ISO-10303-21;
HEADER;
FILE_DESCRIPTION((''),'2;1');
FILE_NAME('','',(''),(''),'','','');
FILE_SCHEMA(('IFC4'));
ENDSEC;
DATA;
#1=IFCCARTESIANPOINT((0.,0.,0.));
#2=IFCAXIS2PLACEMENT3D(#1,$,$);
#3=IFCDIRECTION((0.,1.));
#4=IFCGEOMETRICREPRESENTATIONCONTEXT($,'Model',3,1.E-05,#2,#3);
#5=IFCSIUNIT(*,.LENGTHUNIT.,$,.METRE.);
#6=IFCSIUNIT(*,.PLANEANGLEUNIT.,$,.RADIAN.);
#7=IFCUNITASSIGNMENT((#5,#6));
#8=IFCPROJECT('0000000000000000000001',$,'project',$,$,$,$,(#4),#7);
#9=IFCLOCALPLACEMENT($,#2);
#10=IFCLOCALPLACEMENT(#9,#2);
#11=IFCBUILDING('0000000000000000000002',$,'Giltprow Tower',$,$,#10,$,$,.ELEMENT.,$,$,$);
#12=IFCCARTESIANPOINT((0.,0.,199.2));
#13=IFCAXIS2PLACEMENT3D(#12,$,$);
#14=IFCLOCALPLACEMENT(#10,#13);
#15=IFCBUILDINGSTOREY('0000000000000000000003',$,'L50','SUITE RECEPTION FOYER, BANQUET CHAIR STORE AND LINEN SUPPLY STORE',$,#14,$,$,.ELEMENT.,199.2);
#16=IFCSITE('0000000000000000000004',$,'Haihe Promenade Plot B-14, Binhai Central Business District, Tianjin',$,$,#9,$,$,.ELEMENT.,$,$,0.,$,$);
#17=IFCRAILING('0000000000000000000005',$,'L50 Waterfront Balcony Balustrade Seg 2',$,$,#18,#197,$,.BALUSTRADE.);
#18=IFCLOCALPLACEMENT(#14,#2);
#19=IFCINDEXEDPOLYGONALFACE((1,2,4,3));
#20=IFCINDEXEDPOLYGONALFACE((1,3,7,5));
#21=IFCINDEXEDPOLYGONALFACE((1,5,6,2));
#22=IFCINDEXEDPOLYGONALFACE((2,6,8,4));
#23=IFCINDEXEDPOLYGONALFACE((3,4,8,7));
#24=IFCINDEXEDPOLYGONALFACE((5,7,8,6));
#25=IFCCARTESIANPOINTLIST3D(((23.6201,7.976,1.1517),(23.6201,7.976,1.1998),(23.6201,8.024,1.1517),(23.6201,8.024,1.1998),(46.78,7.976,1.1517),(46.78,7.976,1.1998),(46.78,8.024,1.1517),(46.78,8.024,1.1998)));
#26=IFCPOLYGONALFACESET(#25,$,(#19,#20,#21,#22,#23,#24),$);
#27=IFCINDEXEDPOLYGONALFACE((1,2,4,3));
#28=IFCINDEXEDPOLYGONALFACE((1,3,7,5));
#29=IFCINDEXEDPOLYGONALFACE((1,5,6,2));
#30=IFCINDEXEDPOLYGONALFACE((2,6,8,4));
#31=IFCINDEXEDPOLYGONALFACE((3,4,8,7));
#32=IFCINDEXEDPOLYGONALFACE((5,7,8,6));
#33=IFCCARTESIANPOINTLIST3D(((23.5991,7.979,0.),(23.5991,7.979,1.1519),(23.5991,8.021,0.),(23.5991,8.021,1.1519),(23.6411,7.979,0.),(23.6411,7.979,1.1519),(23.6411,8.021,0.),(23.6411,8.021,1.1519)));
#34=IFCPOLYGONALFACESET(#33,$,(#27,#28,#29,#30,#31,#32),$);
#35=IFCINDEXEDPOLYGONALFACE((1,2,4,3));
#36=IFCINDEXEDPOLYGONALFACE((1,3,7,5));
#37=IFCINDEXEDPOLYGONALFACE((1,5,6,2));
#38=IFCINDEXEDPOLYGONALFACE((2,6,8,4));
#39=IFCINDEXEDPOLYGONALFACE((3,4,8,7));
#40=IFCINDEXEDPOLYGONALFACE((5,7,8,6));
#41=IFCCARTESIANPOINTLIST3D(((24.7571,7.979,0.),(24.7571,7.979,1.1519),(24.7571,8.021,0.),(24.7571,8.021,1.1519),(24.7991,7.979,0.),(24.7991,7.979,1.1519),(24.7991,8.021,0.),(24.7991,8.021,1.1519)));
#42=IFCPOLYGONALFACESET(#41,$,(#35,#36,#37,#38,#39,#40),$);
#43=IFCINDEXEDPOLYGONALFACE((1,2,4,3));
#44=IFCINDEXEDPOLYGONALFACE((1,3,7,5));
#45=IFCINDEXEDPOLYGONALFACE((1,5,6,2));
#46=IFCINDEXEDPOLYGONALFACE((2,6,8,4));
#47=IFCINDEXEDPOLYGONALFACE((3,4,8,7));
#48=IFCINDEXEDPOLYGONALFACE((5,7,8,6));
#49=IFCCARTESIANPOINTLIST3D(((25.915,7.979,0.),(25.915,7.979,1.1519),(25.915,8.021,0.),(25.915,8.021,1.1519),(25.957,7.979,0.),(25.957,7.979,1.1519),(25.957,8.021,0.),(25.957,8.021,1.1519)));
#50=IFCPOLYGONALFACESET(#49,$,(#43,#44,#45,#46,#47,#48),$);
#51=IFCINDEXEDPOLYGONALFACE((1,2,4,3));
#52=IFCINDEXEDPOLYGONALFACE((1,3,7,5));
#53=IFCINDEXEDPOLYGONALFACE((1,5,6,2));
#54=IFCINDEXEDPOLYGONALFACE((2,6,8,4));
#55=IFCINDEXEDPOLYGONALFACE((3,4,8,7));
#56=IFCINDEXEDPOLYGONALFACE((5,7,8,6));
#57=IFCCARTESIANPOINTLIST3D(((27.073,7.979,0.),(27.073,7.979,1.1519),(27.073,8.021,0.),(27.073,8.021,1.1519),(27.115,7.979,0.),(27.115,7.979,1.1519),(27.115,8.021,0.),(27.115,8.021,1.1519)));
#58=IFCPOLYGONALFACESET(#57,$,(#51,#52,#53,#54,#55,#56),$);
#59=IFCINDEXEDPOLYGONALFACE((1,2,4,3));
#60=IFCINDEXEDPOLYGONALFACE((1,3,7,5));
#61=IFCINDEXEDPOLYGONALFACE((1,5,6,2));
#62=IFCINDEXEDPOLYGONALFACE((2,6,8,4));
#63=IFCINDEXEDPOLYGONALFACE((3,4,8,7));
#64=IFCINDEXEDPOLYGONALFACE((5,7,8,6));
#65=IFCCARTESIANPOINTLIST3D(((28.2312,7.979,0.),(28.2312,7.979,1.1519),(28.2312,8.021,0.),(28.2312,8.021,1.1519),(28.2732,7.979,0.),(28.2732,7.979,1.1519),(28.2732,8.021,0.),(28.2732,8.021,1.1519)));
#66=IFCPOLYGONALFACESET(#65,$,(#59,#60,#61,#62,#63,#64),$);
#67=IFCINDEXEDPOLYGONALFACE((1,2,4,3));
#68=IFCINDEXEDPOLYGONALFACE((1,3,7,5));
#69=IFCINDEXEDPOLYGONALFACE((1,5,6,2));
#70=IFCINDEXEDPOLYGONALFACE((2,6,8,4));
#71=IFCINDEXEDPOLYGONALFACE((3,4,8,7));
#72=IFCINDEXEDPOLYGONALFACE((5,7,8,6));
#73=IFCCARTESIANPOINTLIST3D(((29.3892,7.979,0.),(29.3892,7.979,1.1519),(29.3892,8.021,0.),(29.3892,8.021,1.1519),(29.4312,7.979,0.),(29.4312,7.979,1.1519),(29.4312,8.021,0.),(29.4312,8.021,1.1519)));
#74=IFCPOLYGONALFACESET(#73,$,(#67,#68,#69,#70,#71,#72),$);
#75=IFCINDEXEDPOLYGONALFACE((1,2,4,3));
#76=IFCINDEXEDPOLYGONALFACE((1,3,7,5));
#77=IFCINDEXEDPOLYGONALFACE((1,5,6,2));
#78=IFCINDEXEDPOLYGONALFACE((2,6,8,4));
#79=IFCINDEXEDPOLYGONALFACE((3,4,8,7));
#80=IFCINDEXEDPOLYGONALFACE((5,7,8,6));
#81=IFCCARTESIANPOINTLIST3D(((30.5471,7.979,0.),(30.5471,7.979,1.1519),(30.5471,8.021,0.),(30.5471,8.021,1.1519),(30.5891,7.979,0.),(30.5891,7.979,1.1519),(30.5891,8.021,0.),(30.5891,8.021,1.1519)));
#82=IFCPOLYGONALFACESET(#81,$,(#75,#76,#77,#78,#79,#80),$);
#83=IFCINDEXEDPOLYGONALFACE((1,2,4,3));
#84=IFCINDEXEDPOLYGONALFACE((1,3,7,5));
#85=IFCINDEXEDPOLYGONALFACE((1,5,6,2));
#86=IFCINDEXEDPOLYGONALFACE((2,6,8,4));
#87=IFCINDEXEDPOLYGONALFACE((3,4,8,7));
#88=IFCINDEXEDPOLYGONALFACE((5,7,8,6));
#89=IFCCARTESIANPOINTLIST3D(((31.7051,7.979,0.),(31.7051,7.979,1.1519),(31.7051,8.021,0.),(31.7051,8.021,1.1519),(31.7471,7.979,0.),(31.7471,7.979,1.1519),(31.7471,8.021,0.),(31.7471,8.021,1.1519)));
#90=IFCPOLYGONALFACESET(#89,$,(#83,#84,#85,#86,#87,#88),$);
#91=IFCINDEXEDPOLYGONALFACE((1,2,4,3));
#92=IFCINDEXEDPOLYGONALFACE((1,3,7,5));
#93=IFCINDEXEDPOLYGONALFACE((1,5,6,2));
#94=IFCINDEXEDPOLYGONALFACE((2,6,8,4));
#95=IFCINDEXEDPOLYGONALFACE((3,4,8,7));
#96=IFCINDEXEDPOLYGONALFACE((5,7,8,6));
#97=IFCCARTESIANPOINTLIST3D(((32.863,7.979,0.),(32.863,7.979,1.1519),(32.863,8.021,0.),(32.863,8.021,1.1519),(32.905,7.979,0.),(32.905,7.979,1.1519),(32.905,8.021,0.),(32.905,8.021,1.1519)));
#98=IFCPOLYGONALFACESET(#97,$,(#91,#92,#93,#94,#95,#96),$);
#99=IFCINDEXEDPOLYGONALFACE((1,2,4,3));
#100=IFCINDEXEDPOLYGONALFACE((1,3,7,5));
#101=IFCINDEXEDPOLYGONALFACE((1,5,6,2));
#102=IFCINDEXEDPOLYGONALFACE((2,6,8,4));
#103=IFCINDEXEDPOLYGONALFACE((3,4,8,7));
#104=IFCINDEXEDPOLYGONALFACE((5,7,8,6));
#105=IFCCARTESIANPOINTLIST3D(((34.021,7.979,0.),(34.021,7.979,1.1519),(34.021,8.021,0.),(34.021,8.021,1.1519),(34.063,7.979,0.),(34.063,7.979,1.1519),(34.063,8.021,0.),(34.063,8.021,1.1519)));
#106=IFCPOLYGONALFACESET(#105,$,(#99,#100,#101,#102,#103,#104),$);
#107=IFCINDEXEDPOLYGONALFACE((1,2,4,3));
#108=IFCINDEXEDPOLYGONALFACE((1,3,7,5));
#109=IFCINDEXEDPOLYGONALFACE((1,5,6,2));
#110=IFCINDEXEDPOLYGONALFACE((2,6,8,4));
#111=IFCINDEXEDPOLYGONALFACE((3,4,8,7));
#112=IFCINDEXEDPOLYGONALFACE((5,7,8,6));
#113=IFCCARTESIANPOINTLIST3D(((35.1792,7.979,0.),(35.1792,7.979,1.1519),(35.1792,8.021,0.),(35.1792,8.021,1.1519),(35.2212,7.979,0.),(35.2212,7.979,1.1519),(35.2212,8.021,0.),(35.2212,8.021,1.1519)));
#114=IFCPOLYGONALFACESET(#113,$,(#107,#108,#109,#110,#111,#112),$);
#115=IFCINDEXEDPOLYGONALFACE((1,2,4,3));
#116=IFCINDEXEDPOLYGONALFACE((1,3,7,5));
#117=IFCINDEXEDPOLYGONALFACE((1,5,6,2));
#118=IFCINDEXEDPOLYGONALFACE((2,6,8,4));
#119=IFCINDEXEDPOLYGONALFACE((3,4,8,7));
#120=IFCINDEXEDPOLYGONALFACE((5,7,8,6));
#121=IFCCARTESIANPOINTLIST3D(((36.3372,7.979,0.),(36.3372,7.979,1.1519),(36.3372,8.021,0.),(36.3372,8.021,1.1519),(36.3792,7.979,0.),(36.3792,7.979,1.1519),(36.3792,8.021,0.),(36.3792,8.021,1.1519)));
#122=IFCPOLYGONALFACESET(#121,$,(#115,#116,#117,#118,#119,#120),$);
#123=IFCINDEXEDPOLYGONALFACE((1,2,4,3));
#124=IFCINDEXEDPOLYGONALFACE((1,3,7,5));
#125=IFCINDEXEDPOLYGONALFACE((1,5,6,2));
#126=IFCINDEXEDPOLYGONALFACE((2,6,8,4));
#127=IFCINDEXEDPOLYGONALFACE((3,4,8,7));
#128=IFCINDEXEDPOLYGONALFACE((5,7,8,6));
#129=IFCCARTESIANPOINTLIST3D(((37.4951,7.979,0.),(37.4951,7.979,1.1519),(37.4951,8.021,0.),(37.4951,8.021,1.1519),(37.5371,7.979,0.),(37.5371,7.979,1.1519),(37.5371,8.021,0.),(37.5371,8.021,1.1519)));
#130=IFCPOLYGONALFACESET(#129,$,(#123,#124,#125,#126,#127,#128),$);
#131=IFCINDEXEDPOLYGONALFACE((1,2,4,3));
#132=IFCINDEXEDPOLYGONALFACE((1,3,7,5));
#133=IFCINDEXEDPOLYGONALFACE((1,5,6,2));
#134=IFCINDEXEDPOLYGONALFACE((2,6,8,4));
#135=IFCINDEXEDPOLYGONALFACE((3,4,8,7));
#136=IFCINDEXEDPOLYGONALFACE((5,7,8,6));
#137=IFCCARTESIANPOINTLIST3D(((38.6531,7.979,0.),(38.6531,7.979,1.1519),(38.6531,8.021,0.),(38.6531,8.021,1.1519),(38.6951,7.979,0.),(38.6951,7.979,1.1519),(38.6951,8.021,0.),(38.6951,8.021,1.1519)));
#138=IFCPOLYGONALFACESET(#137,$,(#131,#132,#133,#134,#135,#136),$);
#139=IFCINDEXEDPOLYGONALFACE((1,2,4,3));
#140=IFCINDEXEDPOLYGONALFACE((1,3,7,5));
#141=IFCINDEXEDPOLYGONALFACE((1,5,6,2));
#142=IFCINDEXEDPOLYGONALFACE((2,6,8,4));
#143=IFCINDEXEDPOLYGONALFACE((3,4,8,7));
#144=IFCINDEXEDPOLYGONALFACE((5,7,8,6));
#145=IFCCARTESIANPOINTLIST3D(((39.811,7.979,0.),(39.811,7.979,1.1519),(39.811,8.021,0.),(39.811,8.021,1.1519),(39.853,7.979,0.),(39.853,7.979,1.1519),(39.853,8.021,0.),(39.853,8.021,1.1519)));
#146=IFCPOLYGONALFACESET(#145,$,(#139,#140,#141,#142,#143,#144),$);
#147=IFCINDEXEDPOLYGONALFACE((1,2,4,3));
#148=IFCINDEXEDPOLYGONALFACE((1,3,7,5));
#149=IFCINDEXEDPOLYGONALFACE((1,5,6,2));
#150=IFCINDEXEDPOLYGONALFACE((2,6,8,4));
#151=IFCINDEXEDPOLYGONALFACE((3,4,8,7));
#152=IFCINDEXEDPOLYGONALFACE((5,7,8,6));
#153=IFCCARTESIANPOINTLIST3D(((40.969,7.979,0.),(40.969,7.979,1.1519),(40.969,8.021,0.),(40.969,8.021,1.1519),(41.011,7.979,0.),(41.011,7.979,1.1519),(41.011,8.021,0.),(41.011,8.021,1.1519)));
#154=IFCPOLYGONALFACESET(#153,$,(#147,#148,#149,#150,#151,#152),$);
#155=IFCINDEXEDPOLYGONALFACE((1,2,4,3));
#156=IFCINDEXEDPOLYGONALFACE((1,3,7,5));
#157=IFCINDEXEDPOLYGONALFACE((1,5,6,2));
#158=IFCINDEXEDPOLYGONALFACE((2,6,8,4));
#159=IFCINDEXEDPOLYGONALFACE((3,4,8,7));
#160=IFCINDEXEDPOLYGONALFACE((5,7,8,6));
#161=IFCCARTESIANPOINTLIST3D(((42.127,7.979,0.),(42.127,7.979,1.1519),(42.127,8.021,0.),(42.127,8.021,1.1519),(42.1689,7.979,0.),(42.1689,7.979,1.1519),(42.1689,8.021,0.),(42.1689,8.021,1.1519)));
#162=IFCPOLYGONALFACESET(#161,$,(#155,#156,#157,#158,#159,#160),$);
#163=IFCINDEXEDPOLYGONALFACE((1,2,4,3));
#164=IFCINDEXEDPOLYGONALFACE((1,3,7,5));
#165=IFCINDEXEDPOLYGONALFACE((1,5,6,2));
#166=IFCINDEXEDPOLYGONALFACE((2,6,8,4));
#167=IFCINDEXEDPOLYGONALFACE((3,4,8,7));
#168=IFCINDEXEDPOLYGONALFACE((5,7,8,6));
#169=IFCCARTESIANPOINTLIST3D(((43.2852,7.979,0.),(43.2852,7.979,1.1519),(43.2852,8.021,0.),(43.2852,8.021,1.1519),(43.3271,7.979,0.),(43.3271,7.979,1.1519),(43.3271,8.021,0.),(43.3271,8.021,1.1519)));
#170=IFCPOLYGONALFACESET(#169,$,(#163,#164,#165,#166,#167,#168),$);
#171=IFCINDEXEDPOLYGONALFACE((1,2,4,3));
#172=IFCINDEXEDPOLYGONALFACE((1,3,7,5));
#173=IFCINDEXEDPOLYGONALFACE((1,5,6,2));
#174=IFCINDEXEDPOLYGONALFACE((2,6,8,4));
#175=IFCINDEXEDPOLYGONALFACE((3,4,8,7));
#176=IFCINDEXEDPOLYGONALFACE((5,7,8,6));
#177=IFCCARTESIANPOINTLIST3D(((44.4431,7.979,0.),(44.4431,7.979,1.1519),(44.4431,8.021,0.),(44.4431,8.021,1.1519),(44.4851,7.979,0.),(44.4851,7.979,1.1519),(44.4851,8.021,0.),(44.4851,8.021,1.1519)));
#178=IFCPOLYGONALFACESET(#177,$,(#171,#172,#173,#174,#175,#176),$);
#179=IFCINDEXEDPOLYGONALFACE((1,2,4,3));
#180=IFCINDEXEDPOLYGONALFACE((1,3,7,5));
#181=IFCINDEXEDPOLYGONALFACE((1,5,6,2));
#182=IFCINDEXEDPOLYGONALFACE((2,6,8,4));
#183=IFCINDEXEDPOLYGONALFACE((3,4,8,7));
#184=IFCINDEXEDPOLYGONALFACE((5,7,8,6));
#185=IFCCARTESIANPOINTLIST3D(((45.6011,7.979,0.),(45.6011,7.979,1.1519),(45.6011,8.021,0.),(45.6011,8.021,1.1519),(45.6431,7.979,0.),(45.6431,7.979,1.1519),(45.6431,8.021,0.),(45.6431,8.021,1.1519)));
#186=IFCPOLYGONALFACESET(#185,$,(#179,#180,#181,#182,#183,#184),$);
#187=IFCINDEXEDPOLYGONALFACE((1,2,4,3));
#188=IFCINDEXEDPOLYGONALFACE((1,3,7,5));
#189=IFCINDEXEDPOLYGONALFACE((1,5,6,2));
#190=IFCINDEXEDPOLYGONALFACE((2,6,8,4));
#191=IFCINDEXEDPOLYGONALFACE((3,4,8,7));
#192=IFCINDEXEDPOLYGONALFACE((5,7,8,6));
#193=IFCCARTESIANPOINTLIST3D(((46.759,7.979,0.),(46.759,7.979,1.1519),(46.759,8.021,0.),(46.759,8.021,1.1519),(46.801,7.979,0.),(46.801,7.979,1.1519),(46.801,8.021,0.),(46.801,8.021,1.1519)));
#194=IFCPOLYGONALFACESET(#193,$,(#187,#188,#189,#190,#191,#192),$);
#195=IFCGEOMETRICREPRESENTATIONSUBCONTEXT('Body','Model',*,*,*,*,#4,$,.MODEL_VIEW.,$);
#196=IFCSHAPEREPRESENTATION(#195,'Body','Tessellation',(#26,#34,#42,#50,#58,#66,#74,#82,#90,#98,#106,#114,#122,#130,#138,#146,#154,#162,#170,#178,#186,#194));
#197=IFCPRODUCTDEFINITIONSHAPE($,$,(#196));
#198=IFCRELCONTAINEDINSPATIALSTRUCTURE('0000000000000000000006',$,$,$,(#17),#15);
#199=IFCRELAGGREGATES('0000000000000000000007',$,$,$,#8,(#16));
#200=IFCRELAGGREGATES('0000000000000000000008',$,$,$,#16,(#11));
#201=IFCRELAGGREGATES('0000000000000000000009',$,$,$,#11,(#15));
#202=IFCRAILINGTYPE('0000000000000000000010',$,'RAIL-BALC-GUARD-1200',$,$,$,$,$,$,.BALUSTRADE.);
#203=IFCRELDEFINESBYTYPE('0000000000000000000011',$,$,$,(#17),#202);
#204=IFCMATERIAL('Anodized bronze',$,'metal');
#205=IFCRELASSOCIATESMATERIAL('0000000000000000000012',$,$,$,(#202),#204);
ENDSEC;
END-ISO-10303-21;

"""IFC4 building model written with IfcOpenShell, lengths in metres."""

from ifc_helpers import new_model, si_unit, direction, frame, origin, origin_2d, place, context, subcontext, project, spatial, rectangle, extrude, material, type_object, element, save


model = new_model("IFC4")

# Units and contexts
model_context = context("Model", 3, precision=1e-05, world=origin(), true_north=direction((0.0, 1.0)))
body_context = subcontext(model_context, "Body", "Model", "MODEL_VIEW")
ifc_project = project(units=[si_unit("LENGTHUNIT", "METRE"), si_unit("PLANEANGLEUNIT", "RADIAN")], contexts=[model_context])

# Site, building, storey
site_placement = place(None, origin())
site = spatial("IfcSite", under=ifc_project, at=site_placement, Name="Haihe Promenade Plot B-14, Binhai Central Business District, Tianjin", CompositionType="ELEMENT", RefElevation=0.0)
building_placement = place(site_placement, origin())
building = spatial("IfcBuilding", under=site, at=building_placement, Name="Giltprow Tower", CompositionType="ELEMENT")
storey_placement = place(building_placement, frame((0.0, 0.0, 199.2)))
storey = spatial("IfcBuildingStorey", under=building, at=storey_placement, Name="L50", Description="SUITE RECEPTION FOYER, BANQUET CHAIR STORE AND LINEN SUPPLY STORE", CompositionType="ELEMENT", Elevation=199.2)

# Railing
ifc_material_1 = material(Name="Anodized bronze", Category="metal")
railing_type = type_object("IfcRailingType", Name="RAIL-BALC-GUARD-1200", PredefinedType="BALUSTRADE", material=ifc_material_1)
railing_1_placement = place(storey_placement, frame((23.6201, 8.0, 0.0)))
element("IfcRailing", 1, at=railing_1_placement, inside=storey, type_object=railing_type, Name="L50 Waterfront Balcony Balustrade Seg 2", PredefinedType="BALUSTRADE", context=body_context, shape_type="SweptSolid", body=[
    extrude(rectangle(XDim=0.0481, YDim=0.0481, at=origin_2d()), frame((0.0, 0.0, 1.1758), z_axis=(1.0, 0.0, 0.0), x_axis=(0.0, 1.0, 0.0)), (0.0, 0.0, 1.0), 23.1599),
    extrude(rectangle(XDim=0.042, YDim=0.042, at=origin_2d()), origin(), (0.0, 0.0, 1.0), 1.1519),
    extrude(rectangle(XDim=0.042, YDim=0.042, at=origin_2d()), frame((1.158, 0.0, 0.0)), (0.0, 0.0, 1.0), 1.1519),
    extrude(rectangle(XDim=0.042, YDim=0.042, at=origin_2d()), frame((2.3159, 0.0, 0.0)), (0.0, 0.0, 1.0), 1.1519),
    extrude(rectangle(XDim=0.042, YDim=0.042, at=origin_2d()), frame((3.4739, 0.0, 0.0)), (0.0, 0.0, 1.0), 1.1519),
    extrude(rectangle(XDim=0.042, YDim=0.042, at=origin_2d()), frame((4.6321, 0.0, 0.0)), (0.0, 0.0, 1.0), 1.1519),
    extrude(rectangle(XDim=0.042, YDim=0.042, at=origin_2d()), frame((5.79, 0.0, 0.0)), (0.0, 0.0, 1.0), 1.1519),
    extrude(rectangle(XDim=0.042, YDim=0.042, at=origin_2d()), frame((6.948, 0.0, 0.0)), (0.0, 0.0, 1.0), 1.1519),
    extrude(rectangle(XDim=0.042, YDim=0.042, at=origin_2d()), frame((8.106, 0.0, 0.0)), (0.0, 0.0, 1.0), 1.1519),
    extrude(rectangle(XDim=0.042, YDim=0.042, at=origin_2d()), frame((9.2639, 0.0, 0.0)), (0.0, 0.0, 1.0), 1.1519),
    extrude(rectangle(XDim=0.042, YDim=0.042, at=origin_2d()), frame((10.4219, 0.0, 0.0)), (0.0, 0.0, 1.0), 1.1519),
    extrude(rectangle(XDim=0.042, YDim=0.042, at=origin_2d()), frame((11.5801, 0.0, 0.0)), (0.0, 0.0, 1.0), 1.1519),
    extrude(rectangle(XDim=0.042, YDim=0.042, at=origin_2d()), frame((12.738, 0.0, 0.0)), (0.0, 0.0, 1.0), 1.1519),
    extrude(rectangle(XDim=0.042, YDim=0.042, at=origin_2d()), frame((13.896, 0.0, 0.0)), (0.0, 0.0, 1.0), 1.1519),
    extrude(rectangle(XDim=0.042, YDim=0.042, at=origin_2d()), frame((15.054, 0.0, 0.0)), (0.0, 0.0, 1.0), 1.1519),
    extrude(rectangle(XDim=0.042, YDim=0.042, at=origin_2d()), frame((16.2119, 0.0, 0.0)), (0.0, 0.0, 1.0), 1.1519),
    extrude(rectangle(XDim=0.042, YDim=0.042, at=origin_2d()), frame((17.3699, 0.0, 0.0)), (0.0, 0.0, 1.0), 1.1519),
    extrude(rectangle(XDim=0.042, YDim=0.042, at=origin_2d()), frame((18.5278, 0.0, 0.0)), (0.0, 0.0, 1.0), 1.1519),
    extrude(rectangle(XDim=0.042, YDim=0.042, at=origin_2d()), frame((19.686, 0.0, 0.0)), (0.0, 0.0, 1.0), 1.1519),
    extrude(rectangle(XDim=0.042, YDim=0.042, at=origin_2d()), frame((20.844, 0.0, 0.0)), (0.0, 0.0, 1.0), 1.1519),
    extrude(rectangle(XDim=0.042, YDim=0.042, at=origin_2d()), frame((22.002, 0.0, 0.0)), (0.0, 0.0, 1.0), 1.1519),
    extrude(rectangle(XDim=0.042, YDim=0.042, at=origin_2d()), frame((23.1599, 0.0, 0.0)), (0.0, 0.0, 1.0), 1.1519),
])

save(model, "model.ifc")
